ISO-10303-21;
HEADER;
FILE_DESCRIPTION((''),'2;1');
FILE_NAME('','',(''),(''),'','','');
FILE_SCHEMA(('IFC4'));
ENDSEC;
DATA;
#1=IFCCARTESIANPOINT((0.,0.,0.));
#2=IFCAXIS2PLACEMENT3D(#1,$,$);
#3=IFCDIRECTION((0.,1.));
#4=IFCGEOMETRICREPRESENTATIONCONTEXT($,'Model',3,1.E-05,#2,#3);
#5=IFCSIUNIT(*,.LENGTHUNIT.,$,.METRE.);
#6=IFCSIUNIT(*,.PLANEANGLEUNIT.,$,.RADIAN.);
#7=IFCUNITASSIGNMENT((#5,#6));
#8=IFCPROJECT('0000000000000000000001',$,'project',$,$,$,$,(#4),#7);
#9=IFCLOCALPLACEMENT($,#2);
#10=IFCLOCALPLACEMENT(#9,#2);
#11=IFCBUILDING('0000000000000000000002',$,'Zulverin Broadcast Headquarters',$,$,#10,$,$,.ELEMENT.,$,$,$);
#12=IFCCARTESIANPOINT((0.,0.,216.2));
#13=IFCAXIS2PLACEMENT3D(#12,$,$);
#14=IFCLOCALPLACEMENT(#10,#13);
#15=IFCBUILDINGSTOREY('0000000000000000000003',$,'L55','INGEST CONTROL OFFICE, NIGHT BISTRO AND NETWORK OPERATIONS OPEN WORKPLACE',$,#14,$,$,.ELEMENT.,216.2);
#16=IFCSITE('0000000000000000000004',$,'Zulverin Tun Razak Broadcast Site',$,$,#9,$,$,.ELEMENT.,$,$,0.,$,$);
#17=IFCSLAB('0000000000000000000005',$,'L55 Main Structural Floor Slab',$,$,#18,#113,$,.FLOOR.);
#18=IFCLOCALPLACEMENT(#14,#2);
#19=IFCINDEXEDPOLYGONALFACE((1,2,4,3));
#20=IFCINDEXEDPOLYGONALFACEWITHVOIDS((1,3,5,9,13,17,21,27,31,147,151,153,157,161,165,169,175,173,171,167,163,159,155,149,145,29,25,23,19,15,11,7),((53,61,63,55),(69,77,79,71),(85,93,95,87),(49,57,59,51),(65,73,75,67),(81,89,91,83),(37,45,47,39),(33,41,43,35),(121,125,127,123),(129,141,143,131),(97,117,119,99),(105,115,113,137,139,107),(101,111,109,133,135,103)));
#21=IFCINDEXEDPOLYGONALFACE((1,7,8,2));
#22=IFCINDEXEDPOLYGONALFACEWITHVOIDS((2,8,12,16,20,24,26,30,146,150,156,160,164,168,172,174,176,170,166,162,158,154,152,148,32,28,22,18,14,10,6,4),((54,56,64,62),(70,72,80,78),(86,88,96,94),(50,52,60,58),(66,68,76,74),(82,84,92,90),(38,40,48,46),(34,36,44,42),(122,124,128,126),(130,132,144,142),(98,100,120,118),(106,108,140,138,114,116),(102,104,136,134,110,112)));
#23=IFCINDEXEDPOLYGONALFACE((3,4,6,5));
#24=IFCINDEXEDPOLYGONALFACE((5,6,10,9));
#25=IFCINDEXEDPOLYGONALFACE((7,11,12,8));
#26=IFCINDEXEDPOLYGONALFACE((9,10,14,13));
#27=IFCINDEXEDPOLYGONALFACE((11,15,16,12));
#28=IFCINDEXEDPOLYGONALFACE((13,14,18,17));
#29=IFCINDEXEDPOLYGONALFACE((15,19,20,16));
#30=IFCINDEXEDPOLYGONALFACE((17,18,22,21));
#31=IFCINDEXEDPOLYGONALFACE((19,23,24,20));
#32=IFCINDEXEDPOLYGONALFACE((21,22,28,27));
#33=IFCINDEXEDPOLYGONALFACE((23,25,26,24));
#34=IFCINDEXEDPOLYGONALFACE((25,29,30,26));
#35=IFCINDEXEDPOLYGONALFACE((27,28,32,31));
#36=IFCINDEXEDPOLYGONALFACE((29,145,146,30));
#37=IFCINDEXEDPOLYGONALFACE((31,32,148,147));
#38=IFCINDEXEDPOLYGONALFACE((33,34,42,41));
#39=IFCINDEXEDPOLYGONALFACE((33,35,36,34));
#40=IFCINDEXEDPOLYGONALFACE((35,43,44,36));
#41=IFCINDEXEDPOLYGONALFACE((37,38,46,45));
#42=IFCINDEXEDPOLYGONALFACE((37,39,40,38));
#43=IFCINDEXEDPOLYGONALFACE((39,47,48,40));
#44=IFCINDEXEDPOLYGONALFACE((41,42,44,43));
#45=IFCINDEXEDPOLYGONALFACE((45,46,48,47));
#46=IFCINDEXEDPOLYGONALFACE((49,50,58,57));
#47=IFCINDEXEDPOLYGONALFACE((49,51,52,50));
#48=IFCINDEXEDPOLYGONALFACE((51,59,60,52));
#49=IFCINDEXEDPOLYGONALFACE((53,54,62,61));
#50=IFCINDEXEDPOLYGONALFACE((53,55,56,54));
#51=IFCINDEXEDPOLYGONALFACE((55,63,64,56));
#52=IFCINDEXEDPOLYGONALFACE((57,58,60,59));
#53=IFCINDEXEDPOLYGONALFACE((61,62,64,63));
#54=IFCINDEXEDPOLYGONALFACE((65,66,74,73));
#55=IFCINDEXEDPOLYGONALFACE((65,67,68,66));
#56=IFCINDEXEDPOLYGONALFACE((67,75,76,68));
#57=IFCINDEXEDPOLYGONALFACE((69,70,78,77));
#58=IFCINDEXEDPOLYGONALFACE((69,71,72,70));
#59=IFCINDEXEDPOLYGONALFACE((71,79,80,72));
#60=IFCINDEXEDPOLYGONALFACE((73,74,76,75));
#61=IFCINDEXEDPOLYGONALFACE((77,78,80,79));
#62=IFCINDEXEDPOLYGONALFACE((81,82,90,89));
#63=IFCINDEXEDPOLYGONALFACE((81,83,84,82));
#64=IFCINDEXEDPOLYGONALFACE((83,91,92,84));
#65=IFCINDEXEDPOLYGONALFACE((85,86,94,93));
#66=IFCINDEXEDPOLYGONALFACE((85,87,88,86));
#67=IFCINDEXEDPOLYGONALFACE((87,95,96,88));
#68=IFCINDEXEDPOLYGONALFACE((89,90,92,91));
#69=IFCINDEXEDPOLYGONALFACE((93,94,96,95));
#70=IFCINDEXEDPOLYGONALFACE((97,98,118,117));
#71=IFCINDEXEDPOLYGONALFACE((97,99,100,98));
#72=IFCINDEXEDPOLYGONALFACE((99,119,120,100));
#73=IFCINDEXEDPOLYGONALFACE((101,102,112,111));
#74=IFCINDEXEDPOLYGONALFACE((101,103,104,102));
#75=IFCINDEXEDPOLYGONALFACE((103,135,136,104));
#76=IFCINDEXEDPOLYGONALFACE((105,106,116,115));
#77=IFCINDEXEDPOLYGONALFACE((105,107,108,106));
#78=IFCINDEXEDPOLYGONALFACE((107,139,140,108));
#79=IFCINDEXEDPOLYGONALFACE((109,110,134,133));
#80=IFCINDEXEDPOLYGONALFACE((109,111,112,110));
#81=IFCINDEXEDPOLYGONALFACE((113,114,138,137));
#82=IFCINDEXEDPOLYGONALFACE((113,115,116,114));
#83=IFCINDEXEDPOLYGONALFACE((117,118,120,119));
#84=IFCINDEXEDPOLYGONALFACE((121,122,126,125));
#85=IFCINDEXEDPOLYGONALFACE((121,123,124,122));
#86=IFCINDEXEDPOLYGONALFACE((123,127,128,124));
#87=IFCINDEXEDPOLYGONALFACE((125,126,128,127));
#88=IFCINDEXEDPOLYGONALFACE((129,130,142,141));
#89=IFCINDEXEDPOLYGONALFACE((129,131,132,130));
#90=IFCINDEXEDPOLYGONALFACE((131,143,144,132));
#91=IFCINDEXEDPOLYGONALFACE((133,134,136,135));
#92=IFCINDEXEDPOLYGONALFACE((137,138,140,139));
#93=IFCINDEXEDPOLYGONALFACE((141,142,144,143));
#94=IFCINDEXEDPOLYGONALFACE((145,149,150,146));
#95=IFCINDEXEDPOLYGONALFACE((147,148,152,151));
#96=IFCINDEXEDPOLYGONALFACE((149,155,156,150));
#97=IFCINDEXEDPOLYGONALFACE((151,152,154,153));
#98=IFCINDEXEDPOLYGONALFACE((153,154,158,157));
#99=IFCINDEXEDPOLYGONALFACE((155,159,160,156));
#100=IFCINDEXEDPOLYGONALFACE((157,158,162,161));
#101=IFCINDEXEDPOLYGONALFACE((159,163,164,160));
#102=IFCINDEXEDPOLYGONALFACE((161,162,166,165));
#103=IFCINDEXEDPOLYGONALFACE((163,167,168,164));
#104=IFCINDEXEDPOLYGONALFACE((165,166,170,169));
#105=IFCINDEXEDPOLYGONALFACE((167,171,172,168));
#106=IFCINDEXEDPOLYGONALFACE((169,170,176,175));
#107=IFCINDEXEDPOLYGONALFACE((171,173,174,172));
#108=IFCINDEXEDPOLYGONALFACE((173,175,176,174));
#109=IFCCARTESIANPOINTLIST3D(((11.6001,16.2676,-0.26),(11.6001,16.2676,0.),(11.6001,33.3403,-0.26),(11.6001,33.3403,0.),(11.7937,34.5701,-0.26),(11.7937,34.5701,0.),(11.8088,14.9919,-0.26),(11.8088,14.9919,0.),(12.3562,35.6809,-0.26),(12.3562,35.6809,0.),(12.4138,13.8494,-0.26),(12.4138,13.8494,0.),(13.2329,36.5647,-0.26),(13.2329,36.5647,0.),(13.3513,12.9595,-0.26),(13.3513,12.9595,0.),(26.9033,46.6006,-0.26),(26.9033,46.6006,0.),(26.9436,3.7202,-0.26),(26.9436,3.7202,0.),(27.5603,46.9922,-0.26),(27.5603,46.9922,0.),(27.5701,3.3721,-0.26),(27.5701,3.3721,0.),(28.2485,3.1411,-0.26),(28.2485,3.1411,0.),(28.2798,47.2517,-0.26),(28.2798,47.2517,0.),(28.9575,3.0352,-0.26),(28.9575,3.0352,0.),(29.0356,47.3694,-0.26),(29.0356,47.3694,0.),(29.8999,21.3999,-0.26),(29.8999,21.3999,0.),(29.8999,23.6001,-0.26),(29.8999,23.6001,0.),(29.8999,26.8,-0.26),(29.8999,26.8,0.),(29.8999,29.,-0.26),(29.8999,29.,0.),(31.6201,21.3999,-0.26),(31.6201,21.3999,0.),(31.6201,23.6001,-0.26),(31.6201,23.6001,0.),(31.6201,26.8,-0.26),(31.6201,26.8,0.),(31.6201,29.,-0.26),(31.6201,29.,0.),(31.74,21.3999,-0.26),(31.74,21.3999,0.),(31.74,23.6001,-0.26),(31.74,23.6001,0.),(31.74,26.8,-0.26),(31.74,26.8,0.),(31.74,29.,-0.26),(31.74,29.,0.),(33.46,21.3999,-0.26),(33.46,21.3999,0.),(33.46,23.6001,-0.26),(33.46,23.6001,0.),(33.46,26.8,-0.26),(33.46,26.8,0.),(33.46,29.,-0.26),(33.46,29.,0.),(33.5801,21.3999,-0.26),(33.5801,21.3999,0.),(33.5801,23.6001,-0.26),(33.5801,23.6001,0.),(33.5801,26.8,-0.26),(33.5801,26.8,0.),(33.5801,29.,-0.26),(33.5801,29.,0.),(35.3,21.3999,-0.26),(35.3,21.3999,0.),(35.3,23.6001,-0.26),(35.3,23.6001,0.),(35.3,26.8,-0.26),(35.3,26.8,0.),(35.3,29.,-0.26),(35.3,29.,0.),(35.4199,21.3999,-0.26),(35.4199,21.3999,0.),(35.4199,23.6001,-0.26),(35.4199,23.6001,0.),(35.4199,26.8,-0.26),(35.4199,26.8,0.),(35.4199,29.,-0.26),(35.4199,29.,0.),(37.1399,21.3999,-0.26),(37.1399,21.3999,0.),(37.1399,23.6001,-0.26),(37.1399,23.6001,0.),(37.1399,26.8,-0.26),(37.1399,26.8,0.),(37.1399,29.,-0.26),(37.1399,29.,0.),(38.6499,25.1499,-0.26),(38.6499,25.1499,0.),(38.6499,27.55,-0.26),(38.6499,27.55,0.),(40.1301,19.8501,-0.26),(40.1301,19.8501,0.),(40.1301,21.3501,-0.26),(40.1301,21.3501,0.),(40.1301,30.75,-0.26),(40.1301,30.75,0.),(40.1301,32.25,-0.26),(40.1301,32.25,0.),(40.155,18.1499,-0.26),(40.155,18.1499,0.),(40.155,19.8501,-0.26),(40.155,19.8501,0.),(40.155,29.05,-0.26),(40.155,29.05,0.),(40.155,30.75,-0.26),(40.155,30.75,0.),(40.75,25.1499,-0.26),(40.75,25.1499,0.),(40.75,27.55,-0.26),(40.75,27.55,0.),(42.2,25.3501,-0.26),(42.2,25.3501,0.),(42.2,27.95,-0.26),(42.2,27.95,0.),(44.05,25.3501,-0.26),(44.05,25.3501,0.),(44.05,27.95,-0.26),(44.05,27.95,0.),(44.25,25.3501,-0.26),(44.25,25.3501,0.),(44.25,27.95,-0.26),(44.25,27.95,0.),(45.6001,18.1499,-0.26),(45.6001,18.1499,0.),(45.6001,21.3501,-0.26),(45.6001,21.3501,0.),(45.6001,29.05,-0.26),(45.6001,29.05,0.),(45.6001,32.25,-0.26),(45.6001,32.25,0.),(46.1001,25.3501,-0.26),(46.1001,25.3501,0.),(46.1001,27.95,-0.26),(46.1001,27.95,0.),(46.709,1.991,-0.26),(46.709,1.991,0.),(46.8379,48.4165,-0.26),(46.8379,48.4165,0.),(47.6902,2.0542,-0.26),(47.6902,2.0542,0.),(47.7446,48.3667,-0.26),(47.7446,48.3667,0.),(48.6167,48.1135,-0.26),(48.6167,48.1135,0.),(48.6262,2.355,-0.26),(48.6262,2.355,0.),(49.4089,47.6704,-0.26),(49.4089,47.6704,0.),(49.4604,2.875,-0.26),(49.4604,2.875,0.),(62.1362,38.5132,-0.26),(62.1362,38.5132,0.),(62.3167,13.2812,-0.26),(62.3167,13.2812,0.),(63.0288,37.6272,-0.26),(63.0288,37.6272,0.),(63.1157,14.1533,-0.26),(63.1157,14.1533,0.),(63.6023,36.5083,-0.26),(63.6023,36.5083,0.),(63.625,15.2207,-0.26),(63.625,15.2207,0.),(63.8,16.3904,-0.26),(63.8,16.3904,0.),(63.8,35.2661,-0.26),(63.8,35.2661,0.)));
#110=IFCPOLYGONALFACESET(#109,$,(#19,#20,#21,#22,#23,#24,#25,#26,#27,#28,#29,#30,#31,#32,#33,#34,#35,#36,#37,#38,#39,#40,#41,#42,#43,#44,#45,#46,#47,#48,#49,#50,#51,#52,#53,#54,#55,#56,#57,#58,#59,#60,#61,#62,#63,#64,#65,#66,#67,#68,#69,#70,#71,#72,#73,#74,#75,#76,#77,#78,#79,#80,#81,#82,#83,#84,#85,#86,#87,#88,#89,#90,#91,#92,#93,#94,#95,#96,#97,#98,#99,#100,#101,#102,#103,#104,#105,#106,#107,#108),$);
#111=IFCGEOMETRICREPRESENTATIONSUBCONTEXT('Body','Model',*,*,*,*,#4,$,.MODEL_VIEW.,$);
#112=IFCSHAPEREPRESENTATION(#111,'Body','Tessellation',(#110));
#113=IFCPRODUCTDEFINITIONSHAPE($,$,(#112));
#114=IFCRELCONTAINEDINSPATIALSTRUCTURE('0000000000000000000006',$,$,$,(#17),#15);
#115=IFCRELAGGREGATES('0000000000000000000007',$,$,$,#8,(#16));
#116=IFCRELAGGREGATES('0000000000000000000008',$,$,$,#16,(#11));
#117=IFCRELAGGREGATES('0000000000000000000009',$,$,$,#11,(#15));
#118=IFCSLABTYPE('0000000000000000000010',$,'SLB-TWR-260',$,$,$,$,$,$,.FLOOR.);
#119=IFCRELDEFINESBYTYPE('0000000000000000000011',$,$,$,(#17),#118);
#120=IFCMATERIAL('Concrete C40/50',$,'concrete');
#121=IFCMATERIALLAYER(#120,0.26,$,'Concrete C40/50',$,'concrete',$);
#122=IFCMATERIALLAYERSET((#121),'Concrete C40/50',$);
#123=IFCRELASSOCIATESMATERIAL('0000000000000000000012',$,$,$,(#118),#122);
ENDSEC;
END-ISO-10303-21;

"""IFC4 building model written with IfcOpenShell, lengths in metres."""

from ifc_helpers import new_model, si_unit, direction, frame, origin, place, context, subcontext, project, spatial, polyline, outline, extrude, material, layer, layer_set, type_object, element, save


model = new_model("IFC4")

# Units and contexts
model_context = context("Model", 3, precision=1e-05, world=origin(), true_north=direction((0.0, 1.0)))
body_context = subcontext(model_context, "Body", "Model", "MODEL_VIEW")
ifc_project = project(units=[si_unit("LENGTHUNIT", "METRE"), si_unit("PLANEANGLEUNIT", "RADIAN")], contexts=[model_context])

# Site, building, storey
site_placement = place(None, origin())
site = spatial("IfcSite", under=ifc_project, at=site_placement, Name="Zulverin Tun Razak Broadcast Site", CompositionType="ELEMENT", RefElevation=0.0)
building_placement = place(site_placement, origin())
building = spatial("IfcBuilding", under=site, at=building_placement, Name="Zulverin Broadcast Headquarters", CompositionType="ELEMENT")
storey_placement = place(building_placement, frame((0.0, 0.0, 216.2)))
storey = spatial("IfcBuildingStorey", under=building, at=storey_placement, Name="L55", Description="INGEST CONTROL OFFICE, NIGHT BISTRO AND NETWORK OPERATIONS OPEN WORKPLACE", CompositionType="ELEMENT", Elevation=216.2)

# Shared definitions
ifc_material_1 = material(Name="Concrete C40/50", Category="concrete")

# Slab
ifc_layer_1 = layer(ifc_material_1, 0.26, Name="Concrete C40/50", Category="concrete")
ifc_layer_set_1 = layer_set([ifc_layer_1], Name="Concrete C40/50")
slab_type_1 = type_object("IfcSlabType", Name="SLB-TWR-260", PredefinedType="FLOOR", material=ifc_layer_set_1)
slab_1_placement = place(storey_placement, frame((0.0, 0.0, -0.26)))
element("IfcSlab", 1, at=slab_1_placement, inside=storey, type_object=slab_type_1, Name="L55 Main Structural Floor Slab", PredefinedType="FLOOR", context=body_context, shape_type="SweptSolid", body=[
    extrude(outline(polyline([(26.9436, 3.7202), (27.5701, 3.3721), (28.2485, 3.1411), (28.9575, 3.0352), (46.709, 1.991), (47.6902, 2.0542), (48.6262, 2.355), (49.4604, 2.875), (62.3167, 13.2812), (63.1157, 14.1533), (63.625, 15.2207), (63.8, 16.3904), (63.8, 35.2661), (63.6023, 36.5083), (63.0288, 37.6272), (62.1362, 38.5132), (49.4089, 47.6704), (48.6167, 48.1135), (47.7446, 48.3667), (46.8379, 48.4165), (29.0356, 47.3694), (28.2798, 47.2517), (27.5603, 46.9922), (26.9033, 46.6006), (13.2329, 36.5647), (12.3562, 35.6809), (11.7937, 34.5701), (11.6001, 33.3403), (11.6001, 16.2676), (11.8088, 14.9919), (12.4138, 13.8494), (13.3513, 12.9595), (26.9436, 3.7202)]), holes=[polyline([(40.155, 30.75), (40.1301, 30.75), (40.1301, 32.25), (45.6001, 32.25), (45.6001, 29.05), (40.155, 29.05), (40.155, 30.75)]), polyline([(40.155, 19.8501), (40.1301, 19.8501), (40.1301, 21.3501), (45.6001, 21.3501), (45.6001, 18.1499), (40.155, 18.1499), (40.155, 19.8501)]), polyline([(29.8999, 21.3999), (31.6201, 21.3999), (31.6201, 23.6001), (29.8999, 23.6001), (29.8999, 21.3999)]), polyline([(31.74, 21.3999), (33.46, 21.3999), (33.46, 23.6001), (31.74, 23.6001), (31.74, 21.3999)]), polyline([(33.5801, 21.3999), (35.3, 21.3999), (35.3, 23.6001), (33.5801, 23.6001), (33.5801, 21.3999)]), polyline([(35.4199, 21.3999), (37.1399, 21.3999), (37.1399, 23.6001), (35.4199, 23.6001), (35.4199, 21.3999)]), polyline([(29.8999, 26.8), (31.6201, 26.8), (31.6201, 29.0), (29.8999, 29.0), (29.8999, 26.8)]), polyline([(31.74, 26.8), (33.46, 26.8), (33.46, 29.0), (31.74, 29.0), (31.74, 26.8)]), polyline([(33.5801, 26.8), (35.3, 26.8), (35.3, 29.0), (33.5801, 29.0), (33.5801, 26.8)]), polyline([(35.4199, 26.8), (37.1399, 26.8), (37.1399, 29.0), (35.4199, 29.0), (35.4199, 26.8)]), polyline([(42.2, 25.3501), (44.05, 25.3501), (44.05, 27.95), (42.2, 27.95), (42.2, 25.3501)]), polyline([(44.25, 25.3501), (46.1001, 25.3501), (46.1001, 27.95), (44.25, 27.95), (44.25, 25.3501)]), polyline([(38.6499, 25.1499), (40.75, 25.1499), (40.75, 27.55), (38.6499, 27.55), (38.6499, 25.1499)])]), origin(), (0.0, 0.0, 1.0), 0.26),
])

save(model, "model.ifc")
